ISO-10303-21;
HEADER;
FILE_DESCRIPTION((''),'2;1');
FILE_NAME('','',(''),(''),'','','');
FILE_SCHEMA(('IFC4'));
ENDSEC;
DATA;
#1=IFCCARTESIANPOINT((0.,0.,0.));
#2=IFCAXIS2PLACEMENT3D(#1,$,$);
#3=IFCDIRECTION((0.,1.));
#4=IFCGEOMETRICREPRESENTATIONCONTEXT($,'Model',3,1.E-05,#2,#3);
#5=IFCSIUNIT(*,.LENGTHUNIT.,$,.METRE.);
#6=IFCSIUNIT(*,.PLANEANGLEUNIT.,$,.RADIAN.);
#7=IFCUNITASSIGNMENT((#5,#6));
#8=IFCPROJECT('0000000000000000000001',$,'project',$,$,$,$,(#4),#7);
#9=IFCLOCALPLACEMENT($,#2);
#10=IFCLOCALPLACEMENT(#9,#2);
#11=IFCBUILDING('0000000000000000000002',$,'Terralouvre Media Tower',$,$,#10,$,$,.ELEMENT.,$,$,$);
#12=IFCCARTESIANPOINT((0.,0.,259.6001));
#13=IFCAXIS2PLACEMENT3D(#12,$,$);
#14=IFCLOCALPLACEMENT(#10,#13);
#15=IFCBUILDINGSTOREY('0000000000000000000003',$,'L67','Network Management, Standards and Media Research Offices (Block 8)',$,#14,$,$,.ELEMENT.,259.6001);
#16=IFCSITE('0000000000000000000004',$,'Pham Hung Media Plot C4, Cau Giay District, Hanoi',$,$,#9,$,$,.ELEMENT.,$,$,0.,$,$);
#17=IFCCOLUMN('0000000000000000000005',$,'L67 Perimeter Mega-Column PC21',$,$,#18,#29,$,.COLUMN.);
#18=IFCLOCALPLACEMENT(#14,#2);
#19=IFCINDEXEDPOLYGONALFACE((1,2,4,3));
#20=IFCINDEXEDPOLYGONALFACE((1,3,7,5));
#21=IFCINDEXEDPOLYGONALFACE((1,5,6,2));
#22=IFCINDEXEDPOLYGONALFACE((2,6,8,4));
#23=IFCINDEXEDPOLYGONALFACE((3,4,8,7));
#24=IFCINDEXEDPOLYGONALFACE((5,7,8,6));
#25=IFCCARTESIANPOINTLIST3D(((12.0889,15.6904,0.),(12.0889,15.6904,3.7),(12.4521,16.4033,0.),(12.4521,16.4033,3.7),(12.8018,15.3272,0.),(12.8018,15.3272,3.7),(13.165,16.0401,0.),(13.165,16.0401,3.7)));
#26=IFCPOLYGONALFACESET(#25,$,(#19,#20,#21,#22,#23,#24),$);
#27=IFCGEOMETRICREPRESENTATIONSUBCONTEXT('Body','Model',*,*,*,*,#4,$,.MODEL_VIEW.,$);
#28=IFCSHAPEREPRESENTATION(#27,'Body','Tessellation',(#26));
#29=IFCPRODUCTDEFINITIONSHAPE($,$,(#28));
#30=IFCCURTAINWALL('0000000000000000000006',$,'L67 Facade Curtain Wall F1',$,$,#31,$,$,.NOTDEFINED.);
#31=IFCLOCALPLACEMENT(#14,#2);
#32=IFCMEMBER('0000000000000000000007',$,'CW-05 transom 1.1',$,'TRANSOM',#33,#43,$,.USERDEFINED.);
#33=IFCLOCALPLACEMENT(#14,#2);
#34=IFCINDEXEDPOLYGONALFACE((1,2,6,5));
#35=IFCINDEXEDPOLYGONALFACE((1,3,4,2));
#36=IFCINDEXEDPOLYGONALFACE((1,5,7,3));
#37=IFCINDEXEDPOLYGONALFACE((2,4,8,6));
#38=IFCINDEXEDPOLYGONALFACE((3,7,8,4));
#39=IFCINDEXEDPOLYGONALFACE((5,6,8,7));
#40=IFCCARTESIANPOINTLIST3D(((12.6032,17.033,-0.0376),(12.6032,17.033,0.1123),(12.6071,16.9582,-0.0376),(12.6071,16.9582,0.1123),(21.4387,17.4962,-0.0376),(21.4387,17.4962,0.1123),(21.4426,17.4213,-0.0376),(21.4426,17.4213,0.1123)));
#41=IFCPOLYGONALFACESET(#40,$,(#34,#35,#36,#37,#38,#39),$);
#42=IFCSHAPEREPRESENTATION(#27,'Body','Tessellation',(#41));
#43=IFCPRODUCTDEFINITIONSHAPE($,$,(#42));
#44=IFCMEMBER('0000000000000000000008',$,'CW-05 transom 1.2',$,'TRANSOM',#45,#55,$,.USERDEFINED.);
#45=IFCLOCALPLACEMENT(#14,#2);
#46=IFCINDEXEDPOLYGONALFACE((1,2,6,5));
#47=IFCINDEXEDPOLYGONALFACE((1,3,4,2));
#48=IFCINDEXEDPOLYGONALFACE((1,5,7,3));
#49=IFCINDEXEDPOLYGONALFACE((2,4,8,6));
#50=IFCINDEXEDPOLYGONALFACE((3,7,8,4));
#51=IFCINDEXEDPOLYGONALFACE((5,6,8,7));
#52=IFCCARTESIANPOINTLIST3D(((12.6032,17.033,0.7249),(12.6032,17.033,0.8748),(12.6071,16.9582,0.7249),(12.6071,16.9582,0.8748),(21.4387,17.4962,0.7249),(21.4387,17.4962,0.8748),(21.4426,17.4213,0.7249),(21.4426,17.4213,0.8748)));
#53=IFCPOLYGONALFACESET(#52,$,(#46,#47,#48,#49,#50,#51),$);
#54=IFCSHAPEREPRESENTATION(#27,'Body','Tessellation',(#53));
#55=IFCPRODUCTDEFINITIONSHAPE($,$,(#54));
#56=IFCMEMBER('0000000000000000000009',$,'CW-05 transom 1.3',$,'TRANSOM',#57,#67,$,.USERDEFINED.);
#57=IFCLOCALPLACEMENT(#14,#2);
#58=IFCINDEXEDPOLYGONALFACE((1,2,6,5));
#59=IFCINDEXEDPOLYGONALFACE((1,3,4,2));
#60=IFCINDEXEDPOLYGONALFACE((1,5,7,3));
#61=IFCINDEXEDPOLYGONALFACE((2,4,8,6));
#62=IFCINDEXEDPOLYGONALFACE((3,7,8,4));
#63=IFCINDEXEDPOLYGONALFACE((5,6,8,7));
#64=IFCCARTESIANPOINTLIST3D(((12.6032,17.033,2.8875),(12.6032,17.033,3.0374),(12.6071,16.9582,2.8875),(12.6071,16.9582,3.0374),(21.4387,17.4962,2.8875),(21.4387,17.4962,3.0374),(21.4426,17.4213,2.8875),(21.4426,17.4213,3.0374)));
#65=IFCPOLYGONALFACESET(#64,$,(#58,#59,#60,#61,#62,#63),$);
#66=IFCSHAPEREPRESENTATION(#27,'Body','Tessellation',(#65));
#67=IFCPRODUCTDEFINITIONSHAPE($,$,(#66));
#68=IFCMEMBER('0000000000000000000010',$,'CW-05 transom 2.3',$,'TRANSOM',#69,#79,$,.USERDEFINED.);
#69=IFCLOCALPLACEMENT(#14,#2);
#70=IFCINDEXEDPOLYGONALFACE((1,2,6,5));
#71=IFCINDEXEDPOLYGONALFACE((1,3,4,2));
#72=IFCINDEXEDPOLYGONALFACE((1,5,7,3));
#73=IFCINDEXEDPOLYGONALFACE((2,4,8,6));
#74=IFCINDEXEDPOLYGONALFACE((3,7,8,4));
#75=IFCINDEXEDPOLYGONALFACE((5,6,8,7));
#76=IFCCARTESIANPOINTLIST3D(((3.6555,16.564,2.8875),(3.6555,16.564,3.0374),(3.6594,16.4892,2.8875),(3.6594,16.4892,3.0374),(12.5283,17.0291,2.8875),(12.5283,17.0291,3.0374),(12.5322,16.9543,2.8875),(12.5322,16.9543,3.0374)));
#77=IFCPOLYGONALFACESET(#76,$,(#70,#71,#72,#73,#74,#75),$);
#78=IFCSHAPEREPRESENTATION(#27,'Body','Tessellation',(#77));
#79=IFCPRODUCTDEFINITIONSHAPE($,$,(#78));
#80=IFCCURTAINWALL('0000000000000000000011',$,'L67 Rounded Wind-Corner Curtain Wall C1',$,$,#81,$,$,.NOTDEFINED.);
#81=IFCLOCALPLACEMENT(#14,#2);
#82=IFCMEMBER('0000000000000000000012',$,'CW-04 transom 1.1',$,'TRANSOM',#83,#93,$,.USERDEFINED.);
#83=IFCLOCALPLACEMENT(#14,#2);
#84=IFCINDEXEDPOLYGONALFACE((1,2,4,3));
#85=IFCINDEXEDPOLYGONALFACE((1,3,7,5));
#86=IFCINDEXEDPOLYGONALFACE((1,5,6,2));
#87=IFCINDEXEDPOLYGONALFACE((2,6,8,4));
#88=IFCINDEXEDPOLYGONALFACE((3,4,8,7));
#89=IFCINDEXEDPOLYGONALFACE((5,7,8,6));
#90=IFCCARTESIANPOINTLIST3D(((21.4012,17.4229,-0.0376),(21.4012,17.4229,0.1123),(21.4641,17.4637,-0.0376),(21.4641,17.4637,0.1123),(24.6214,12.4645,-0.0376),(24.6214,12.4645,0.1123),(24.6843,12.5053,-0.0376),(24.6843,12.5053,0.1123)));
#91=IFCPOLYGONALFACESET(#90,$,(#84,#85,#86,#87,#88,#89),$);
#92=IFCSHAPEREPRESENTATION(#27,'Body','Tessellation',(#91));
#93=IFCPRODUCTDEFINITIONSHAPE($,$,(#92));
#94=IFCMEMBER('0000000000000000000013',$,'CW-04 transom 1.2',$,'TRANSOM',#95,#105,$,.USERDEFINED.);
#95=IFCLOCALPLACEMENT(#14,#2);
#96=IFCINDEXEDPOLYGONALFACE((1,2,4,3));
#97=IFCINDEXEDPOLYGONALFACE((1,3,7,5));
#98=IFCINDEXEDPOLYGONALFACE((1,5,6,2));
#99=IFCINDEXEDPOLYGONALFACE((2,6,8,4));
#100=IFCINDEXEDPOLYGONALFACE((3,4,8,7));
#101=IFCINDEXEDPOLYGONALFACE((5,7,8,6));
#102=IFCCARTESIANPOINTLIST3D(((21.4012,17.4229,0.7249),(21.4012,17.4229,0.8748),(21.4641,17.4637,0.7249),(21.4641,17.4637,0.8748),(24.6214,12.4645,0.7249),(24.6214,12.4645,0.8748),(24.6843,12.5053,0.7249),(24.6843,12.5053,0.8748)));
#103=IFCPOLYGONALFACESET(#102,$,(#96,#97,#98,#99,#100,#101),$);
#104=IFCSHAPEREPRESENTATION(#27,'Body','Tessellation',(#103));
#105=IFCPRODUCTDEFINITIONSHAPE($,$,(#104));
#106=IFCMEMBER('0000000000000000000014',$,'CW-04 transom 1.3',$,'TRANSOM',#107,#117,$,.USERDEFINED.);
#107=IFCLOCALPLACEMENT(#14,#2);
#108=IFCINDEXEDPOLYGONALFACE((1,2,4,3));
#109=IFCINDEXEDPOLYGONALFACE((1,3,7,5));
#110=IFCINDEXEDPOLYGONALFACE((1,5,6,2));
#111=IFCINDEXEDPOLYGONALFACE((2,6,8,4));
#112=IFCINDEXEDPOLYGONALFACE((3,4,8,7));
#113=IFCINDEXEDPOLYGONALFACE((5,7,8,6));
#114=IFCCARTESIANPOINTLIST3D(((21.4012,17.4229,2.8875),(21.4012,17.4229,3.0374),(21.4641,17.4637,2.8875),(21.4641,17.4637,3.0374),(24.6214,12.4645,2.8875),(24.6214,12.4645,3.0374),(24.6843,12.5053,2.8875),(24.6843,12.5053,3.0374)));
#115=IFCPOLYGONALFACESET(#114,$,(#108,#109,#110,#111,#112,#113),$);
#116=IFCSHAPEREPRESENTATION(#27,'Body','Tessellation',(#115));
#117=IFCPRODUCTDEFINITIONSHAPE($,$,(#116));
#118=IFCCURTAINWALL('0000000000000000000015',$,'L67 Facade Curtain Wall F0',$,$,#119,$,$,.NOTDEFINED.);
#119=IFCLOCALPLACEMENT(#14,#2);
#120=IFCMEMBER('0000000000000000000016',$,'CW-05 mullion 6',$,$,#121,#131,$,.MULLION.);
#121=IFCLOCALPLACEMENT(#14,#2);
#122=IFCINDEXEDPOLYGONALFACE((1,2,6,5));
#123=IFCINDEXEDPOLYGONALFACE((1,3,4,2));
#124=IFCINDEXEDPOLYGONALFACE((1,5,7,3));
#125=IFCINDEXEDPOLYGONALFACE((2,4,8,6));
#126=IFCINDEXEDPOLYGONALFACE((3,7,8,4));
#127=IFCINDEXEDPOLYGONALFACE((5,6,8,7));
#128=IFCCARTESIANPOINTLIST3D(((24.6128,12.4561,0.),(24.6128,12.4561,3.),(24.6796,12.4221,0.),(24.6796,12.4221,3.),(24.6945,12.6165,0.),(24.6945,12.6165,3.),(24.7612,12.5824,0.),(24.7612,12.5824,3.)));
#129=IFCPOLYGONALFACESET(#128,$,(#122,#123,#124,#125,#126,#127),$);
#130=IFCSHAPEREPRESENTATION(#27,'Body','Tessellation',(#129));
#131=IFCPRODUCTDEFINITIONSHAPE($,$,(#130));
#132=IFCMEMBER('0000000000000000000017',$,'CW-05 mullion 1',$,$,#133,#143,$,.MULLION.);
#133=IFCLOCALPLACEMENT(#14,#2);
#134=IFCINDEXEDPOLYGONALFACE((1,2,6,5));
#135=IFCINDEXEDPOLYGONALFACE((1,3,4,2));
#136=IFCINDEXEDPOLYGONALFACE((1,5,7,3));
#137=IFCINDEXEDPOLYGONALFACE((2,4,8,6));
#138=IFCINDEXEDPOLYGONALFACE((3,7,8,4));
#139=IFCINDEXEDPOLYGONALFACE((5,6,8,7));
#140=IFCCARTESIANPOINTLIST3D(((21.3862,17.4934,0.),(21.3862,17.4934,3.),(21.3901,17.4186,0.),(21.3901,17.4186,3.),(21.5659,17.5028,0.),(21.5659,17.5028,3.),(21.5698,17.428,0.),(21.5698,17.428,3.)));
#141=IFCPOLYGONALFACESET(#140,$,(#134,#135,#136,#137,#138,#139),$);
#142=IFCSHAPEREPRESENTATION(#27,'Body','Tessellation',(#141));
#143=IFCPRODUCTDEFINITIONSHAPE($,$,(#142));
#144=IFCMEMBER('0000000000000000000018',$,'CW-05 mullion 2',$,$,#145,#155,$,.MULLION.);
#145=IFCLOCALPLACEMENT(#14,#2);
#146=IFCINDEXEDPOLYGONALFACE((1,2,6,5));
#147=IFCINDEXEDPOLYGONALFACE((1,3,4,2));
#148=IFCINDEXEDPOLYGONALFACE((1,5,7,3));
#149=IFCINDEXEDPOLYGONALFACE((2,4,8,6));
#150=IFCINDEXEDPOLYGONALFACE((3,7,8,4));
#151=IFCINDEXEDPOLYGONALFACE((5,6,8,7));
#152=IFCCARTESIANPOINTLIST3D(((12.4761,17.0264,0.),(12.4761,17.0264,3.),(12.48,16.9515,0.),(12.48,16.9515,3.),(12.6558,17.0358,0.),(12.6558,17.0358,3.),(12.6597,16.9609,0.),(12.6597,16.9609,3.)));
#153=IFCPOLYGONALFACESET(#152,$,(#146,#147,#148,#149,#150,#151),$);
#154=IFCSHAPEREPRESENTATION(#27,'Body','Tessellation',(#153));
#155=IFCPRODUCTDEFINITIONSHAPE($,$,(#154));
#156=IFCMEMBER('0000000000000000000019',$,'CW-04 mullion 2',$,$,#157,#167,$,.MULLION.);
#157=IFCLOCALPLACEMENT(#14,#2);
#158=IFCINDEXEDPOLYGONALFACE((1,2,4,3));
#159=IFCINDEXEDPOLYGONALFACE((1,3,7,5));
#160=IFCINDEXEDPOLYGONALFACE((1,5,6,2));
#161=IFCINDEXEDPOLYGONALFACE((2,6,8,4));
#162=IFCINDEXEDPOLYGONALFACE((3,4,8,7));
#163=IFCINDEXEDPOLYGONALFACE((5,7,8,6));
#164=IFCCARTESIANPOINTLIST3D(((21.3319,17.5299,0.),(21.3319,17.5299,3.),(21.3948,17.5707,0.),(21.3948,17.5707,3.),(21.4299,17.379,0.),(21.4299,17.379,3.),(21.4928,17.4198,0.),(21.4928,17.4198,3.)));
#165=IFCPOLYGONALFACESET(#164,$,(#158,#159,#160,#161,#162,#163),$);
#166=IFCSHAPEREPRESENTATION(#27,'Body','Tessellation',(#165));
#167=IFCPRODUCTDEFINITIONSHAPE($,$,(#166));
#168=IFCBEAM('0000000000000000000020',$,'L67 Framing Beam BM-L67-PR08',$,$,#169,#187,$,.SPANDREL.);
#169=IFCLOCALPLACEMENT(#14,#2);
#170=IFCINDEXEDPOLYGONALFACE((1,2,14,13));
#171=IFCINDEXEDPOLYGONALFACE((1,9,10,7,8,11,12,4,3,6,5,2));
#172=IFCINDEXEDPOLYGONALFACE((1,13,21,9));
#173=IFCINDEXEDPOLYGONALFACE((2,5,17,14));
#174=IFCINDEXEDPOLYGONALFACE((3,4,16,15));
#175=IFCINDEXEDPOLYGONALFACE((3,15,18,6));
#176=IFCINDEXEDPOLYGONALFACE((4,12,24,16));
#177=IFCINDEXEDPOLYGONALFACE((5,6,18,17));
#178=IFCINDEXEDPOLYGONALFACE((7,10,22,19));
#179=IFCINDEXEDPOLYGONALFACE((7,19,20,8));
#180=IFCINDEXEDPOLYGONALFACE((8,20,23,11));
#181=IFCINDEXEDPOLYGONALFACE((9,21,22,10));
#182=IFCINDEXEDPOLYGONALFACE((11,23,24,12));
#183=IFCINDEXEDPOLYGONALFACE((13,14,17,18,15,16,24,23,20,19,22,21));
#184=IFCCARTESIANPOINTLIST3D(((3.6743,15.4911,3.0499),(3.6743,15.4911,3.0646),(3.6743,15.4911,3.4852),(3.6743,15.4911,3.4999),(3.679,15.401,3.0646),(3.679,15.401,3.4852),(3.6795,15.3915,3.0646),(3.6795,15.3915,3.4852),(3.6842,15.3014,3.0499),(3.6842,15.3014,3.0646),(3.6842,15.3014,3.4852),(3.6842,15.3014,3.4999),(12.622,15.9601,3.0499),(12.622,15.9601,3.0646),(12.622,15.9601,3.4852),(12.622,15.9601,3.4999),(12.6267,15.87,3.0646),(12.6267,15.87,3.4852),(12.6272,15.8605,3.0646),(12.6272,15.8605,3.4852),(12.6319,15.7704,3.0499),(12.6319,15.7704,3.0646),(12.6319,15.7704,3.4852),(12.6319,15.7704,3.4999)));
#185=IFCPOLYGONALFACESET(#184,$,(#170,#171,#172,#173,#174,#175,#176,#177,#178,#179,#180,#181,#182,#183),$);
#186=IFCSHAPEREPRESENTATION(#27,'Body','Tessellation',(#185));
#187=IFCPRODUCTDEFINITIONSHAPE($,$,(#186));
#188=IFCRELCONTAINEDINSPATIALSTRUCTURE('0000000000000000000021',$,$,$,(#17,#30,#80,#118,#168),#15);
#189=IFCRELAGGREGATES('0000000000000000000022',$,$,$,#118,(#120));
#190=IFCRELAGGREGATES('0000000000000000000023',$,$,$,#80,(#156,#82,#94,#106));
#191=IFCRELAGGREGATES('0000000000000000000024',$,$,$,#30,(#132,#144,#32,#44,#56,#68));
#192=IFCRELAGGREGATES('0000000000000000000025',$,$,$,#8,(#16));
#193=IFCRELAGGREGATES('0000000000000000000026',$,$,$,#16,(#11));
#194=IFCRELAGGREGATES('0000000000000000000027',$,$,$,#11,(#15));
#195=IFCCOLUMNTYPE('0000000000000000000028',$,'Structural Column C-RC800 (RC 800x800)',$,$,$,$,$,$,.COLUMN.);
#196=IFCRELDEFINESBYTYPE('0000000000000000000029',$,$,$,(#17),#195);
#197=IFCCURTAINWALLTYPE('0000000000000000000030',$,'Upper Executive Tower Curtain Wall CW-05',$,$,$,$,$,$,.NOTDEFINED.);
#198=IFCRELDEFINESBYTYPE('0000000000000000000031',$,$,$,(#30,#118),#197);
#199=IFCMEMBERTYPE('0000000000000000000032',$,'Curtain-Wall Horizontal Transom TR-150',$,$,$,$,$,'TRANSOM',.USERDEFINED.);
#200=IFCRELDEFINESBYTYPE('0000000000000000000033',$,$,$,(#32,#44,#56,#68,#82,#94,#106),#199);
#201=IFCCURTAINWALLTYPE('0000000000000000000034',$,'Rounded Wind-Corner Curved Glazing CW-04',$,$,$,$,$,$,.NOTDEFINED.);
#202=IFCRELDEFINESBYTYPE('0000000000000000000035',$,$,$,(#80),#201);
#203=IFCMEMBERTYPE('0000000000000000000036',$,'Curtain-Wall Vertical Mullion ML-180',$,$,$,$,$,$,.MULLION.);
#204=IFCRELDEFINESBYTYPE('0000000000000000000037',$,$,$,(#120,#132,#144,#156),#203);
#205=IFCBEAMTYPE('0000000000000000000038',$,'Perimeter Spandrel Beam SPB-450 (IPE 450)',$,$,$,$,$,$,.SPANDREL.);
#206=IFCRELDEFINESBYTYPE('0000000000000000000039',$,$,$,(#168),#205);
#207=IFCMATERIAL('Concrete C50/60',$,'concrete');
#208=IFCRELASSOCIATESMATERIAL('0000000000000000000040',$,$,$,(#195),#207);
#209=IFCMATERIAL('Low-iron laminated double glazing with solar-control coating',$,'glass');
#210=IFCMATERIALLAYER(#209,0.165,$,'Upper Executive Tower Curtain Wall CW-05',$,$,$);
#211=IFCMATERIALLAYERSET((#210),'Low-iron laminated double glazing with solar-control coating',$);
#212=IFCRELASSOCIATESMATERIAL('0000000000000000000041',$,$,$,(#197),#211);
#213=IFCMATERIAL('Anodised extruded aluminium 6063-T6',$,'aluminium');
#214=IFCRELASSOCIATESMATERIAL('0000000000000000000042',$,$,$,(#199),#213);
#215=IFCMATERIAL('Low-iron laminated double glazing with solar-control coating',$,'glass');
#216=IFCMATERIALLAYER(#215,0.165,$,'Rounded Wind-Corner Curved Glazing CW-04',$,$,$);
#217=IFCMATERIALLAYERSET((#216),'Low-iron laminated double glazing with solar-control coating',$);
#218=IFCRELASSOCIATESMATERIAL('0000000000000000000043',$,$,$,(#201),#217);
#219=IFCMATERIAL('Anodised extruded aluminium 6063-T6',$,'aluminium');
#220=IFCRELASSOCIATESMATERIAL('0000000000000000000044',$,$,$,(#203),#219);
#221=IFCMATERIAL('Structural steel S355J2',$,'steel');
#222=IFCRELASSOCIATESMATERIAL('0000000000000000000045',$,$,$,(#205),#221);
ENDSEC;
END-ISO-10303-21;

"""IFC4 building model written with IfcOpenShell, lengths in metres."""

from ifc_helpers import new_model, si_unit, direction, frame, origin, origin_2d, place, context, subcontext, project, spatial, rectangle, i_section, extrude, material, layer, layer_set, material_profile, profile_set, type_object, element, aggregate, save


model = new_model("IFC4")

# Units and contexts
model_context = context("Model", 3, precision=1e-05, world=origin(), true_north=direction((0.0, 1.0)))
body_context = subcontext(model_context, "Body", "Model", "MODEL_VIEW")
ifc_project = project(units=[si_unit("LENGTHUNIT", "METRE"), si_unit("PLANEANGLEUNIT", "RADIAN")], contexts=[model_context])

# Site, building, storey
site_placement = place(None, origin())
site = spatial("IfcSite", under=ifc_project, at=site_placement, Name="Pham Hung Media Plot C4, Cau Giay District, Hanoi", CompositionType="ELEMENT", RefElevation=0.0)
building_placement = place(site_placement, origin())
building = spatial("IfcBuilding", under=site, at=building_placement, Name="Terralouvre Media Tower", CompositionType="ELEMENT")
storey_placement = place(building_placement, frame((0.0, 0.0, 259.6001)))
storey = spatial("IfcBuildingStorey", under=building, at=storey_placement, Name="L67", Description="Network Management, Standards and Media Research Offices (Block 8)", CompositionType="ELEMENT", Elevation=259.6001)

# Column
ifc_material_1 = material(Name="Concrete C50/60", Category="concrete")
ifc_material_profile_1 = material_profile(ifc_material_1, rectangle(XDim=0.8, YDim=0.8, at=origin_2d()), Name="RC 800x800")
ifc_profile_set_1 = profile_set([ifc_material_profile_1], Name="Concrete C50/60")
column_type = type_object("IfcColumnType", Name="Structural Column C-RC800 (RC 800x800)", PredefinedType="COLUMN", material=ifc_profile_set_1)
column_placement = place(storey_placement, frame((12.627, 15.8652, 0.0), z_axis=(0.0, 0.0, 1.0), x_axis=(0.45399, 0.891007, 0.0)))
element("IfcColumn", 1, at=column_placement, inside=storey, type_object=column_type, Name="L67 Perimeter Mega-Column PC21", PredefinedType="COLUMN", context=body_context, shape_type="SweptSolid", body=[
    extrude(rectangle(XDim=0.8, YDim=0.8, at=origin_2d()), origin(), (0.0, 0.0, 1.0), 3.7),
])

# Curtain walls, members
ifc_material_2 = material(Name="Low-iron laminated double glazing with solar-control coating", Category="glass")
ifc_layer_1 = layer(ifc_material_2, 0.165, Name="Upper Executive Tower Curtain Wall CW-05")
ifc_layer_set_1 = layer_set([ifc_layer_1], Name="Low-iron laminated double glazing with solar-control coating")
curtain_wall_type_1 = type_object("IfcCurtainWallType", Name="Upper Executive Tower Curtain Wall CW-05", PredefinedType="NOTDEFINED", material=ifc_layer_set_1)
curtain_wall_1_placement = place(storey_placement, origin())
curtain_wall_1 = element("IfcCurtainWall", 2, at=curtain_wall_1_placement, inside=storey, type_object=curtain_wall_type_1, Name="L67 Facade Curtain Wall F1", PredefinedType="NOTDEFINED")
ifc_material_3 = material(Name="Anodised extruded aluminium 6063-T6", Category="aluminium")
ifc_material_profile_2 = material_profile(ifc_material_3, rectangle(XDim=0.075, YDim=0.1499, at=origin_2d()), Name="ALU 75x150")
ifc_profile_set_2 = profile_set([ifc_material_profile_2], Name="Anodised extruded aluminium 6063-T6")
member_type_1 = type_object("IfcMemberType", Name="Curtain-Wall Horizontal Transom TR-150", ElementType="TRANSOM", PredefinedType="USERDEFINED", material=ifc_profile_set_2)
member_1_placement = place(storey_placement, frame((21.4407, 17.4587, 0.0374), z_axis=(-0.998629, -0.052346, 0.0), x_axis=(0.052346, -0.998629, 0.0)))
member_1 = element("IfcMember", 3, at=member_1_placement, type_object=member_type_1, Name="CW-05 transom 1.1", ObjectType="TRANSOM", PredefinedType="USERDEFINED", context=body_context, shape_type="SweptSolid", body=[
    extrude(rectangle(XDim=0.075, YDim=0.1499, at=origin_2d()), origin(), (0.0, 0.0, 1.0), 8.8477),
])
member_2_placement = place(storey_placement, frame((21.4407, 17.4587, 0.7998), z_axis=(-0.998629, -0.052346, 0.0), x_axis=(0.052346, -0.998629, 0.0)))
member_2 = element("IfcMember", 4, at=member_2_placement, type_object=member_type_1, Name="CW-05 transom 1.2", ObjectType="TRANSOM", PredefinedType="USERDEFINED", context=body_context, shape_type="SweptSolid", body=[
    extrude(rectangle(XDim=0.075, YDim=0.1499, at=origin_2d()), origin(), (0.0, 0.0, 1.0), 8.8477),
])
member_3_placement = place(storey_placement, frame((21.4407, 17.4587, 2.9624), z_axis=(-0.998629, -0.052346, 0.0), x_axis=(0.052346, -0.998629, 0.0)))
member_3 = element("IfcMember", 5, at=member_3_placement, type_object=member_type_1, Name="CW-05 transom 1.3", ObjectType="TRANSOM", PredefinedType="USERDEFINED", context=body_context, shape_type="SweptSolid", body=[
    extrude(rectangle(XDim=0.075, YDim=0.1499, at=origin_2d()), origin(), (0.0, 0.0, 1.0), 8.8477),
])
member_4_placement = place(storey_placement, frame((12.5303, 16.9917, 2.9624), z_axis=(-0.998629, -0.052345, 0.0), x_axis=(0.052345, -0.998629, 0.0)))
member_4 = element("IfcMember", 6, at=member_4_placement, type_object=member_type_1, Name="CW-05 transom 2.3", ObjectType="TRANSOM", PredefinedType="USERDEFINED", context=body_context, shape_type="SweptSolid", body=[
    extrude(rectangle(XDim=0.075, YDim=0.1499, at=origin_2d()), origin(), (0.0, 0.0, 1.0), 8.885),
])
ifc_material_4 = material(Name="Low-iron laminated double glazing with solar-control coating", Category="glass")
ifc_layer_2 = layer(ifc_material_4, 0.165, Name="Rounded Wind-Corner Curved Glazing CW-04")
ifc_layer_set_2 = layer_set([ifc_layer_2], Name="Low-iron laminated double glazing with solar-control coating")
curtain_wall_type_2 = type_object("IfcCurtainWallType", Name="Rounded Wind-Corner Curved Glazing CW-04", PredefinedType="NOTDEFINED", material=ifc_layer_set_2)
curtain_wall_2_placement = place(storey_placement, origin())
curtain_wall_2 = element("IfcCurtainWall", 7, at=curtain_wall_2_placement, inside=storey, type_object=curtain_wall_type_2, Name="L67 Rounded Wind-Corner Curtain Wall C1", PredefinedType="NOTDEFINED")
member_5_placement = place(storey_placement, frame((24.6528, 12.4849, 0.0374), z_axis=(-0.544654, 0.838661, 0.0), x_axis=(-0.838661, -0.544654, 0.0)))
member_5 = element("IfcMember", 8, at=member_5_placement, type_object=member_type_1, Name="CW-04 transom 1.1", ObjectType="TRANSOM", PredefinedType="USERDEFINED", context=body_context, shape_type="SweptSolid", body=[
    extrude(rectangle(XDim=0.075, YDim=0.1499, at=origin_2d()), origin(), (0.0, 0.0, 1.0), 5.9124),
])
member_6_placement = place(storey_placement, frame((24.6528, 12.4849, 0.7998), z_axis=(-0.544654, 0.838661, 0.0), x_axis=(-0.838661, -0.544654, 0.0)))
member_6 = element("IfcMember", 9, at=member_6_placement, type_object=member_type_1, Name="CW-04 transom 1.2", ObjectType="TRANSOM", PredefinedType="USERDEFINED", context=body_context, shape_type="SweptSolid", body=[
    extrude(rectangle(XDim=0.075, YDim=0.1499, at=origin_2d()), origin(), (0.0, 0.0, 1.0), 5.9124),
])
member_7_placement = place(storey_placement, frame((24.6528, 12.4849, 2.9624), z_axis=(-0.544654, 0.838661, 0.0), x_axis=(-0.838661, -0.544654, 0.0)))
member_7 = element("IfcMember", 10, at=member_7_placement, type_object=member_type_1, Name="CW-04 transom 1.3", ObjectType="TRANSOM", PredefinedType="USERDEFINED", context=body_context, shape_type="SweptSolid", body=[
    extrude(rectangle(XDim=0.075, YDim=0.1499, at=origin_2d()), origin(), (0.0, 0.0, 1.0), 5.9124),
])

# Curtain wall, member
curtain_wall_3_placement = place(storey_placement, origin())
curtain_wall_3 = element("IfcCurtainWall", 11, at=curtain_wall_3_placement, inside=storey, type_object=curtain_wall_type_1, Name="L67 Facade Curtain Wall F0", PredefinedType="NOTDEFINED")
ifc_material_5 = material(Name="Anodised extruded aluminium 6063-T6", Category="aluminium")
ifc_material_profile_3 = material_profile(ifc_material_5, rectangle(XDim=0.075, YDim=0.1799, at=origin_2d()), Name="ALU 75x180")
ifc_profile_set_3 = profile_set([ifc_material_profile_3], Name="Anodised extruded aluminium 6063-T6")
member_type_2 = type_object("IfcMemberType", Name="Curtain-Wall Vertical Mullion ML-180", PredefinedType="MULLION", material=ifc_profile_set_3)
member_8_placement = place(storey_placement, frame((24.687, 12.5193, 0.0), z_axis=(0.0, 0.0, 1.0), x_axis=(-0.891007, 0.45399, 0.0)))
member_8 = element("IfcMember", 12, at=member_8_placement, type_object=member_type_2, Name="CW-05 mullion 6", PredefinedType="MULLION", context=body_context, shape_type="SweptSolid", body=[
    extrude(rectangle(XDim=0.075, YDim=0.1799, at=origin_2d()), origin(), (0.0, 0.0, 1.0), 3.0),
])
aggregate(curtain_wall_3, [member_8])

# Members
member_9_placement = place(storey_placement, frame((21.478, 17.4607, 0.0), z_axis=(0.0, 0.0, 1.0), x_axis=(0.052336, -0.99863, 0.0)))
member_9 = element("IfcMember", 13, at=member_9_placement, type_object=member_type_2, Name="CW-05 mullion 1", PredefinedType="MULLION", context=body_context, shape_type="SweptSolid", body=[
    extrude(rectangle(XDim=0.075, YDim=0.1799, at=origin_2d()), origin(), (0.0, 0.0, 1.0), 3.0),
])
member_10_placement = place(storey_placement, frame((12.5679, 16.9937, 0.0), z_axis=(0.0, 0.0, 1.0), x_axis=(0.052336, -0.99863, 0.0)))
member_10 = element("IfcMember", 14, at=member_10_placement, type_object=member_type_2, Name="CW-05 mullion 2", PredefinedType="MULLION", context=body_context, shape_type="SweptSolid", body=[
    extrude(rectangle(XDim=0.075, YDim=0.1799, at=origin_2d()), origin(), (0.0, 0.0, 1.0), 3.0),
])
member_11_placement = place(storey_placement, frame((21.4124, 17.4749, 0.0), z_axis=(0.0, 0.0, 1.0), x_axis=(-0.83867, -0.544639, 0.0)))
member_11 = element("IfcMember", 15, at=member_11_placement, type_object=member_type_2, Name="CW-04 mullion 2", PredefinedType="MULLION", context=body_context, shape_type="SweptSolid", body=[
    extrude(rectangle(XDim=0.075, YDim=0.1799, at=origin_2d()), origin(), (0.0, 0.0, 1.0), 3.0),
])

# Beam
ifc_material_6 = material(Name="Structural steel S355J2", Category="steel")
ifc_material_profile_4 = material_profile(ifc_material_6, i_section(OverallWidth=0.1899, OverallDepth=0.45, WebThickness=0.0095, FlangeThickness=0.0146, at=origin_2d()), Name="IPE 450")
ifc_profile_set_4 = profile_set([ifc_material_profile_4], Name="Structural steel S355J2")
beam_type = type_object("IfcBeamType", Name="Perimeter Spandrel Beam SPB-450 (IPE 450)", PredefinedType="SPANDREL", material=ifc_profile_set_4)
beam_placement = place(storey_placement, frame((12.627, 15.8652, 3.2749), z_axis=(-0.998629, -0.052343, 0.0), x_axis=(0.052343, -0.998629, 0.0)))
element("IfcBeam", 16, at=beam_placement, inside=storey, type_object=beam_type, Name="L67 Framing Beam BM-L67-PR08", PredefinedType="SPANDREL", context=body_context, shape_type="SweptSolid", body=[
    extrude(i_section(OverallWidth=0.1899, OverallDepth=0.45, WebThickness=0.0095, FlangeThickness=0.0146, at=origin_2d()), origin(), (0.0, 0.0, 1.0), 8.96),
])

aggregate(curtain_wall_2, [member_11, member_5, member_6, member_7])
aggregate(curtain_wall_1, [member_9, member_10, member_1, member_2, member_3, member_4])

save(model, "model.ifc")
